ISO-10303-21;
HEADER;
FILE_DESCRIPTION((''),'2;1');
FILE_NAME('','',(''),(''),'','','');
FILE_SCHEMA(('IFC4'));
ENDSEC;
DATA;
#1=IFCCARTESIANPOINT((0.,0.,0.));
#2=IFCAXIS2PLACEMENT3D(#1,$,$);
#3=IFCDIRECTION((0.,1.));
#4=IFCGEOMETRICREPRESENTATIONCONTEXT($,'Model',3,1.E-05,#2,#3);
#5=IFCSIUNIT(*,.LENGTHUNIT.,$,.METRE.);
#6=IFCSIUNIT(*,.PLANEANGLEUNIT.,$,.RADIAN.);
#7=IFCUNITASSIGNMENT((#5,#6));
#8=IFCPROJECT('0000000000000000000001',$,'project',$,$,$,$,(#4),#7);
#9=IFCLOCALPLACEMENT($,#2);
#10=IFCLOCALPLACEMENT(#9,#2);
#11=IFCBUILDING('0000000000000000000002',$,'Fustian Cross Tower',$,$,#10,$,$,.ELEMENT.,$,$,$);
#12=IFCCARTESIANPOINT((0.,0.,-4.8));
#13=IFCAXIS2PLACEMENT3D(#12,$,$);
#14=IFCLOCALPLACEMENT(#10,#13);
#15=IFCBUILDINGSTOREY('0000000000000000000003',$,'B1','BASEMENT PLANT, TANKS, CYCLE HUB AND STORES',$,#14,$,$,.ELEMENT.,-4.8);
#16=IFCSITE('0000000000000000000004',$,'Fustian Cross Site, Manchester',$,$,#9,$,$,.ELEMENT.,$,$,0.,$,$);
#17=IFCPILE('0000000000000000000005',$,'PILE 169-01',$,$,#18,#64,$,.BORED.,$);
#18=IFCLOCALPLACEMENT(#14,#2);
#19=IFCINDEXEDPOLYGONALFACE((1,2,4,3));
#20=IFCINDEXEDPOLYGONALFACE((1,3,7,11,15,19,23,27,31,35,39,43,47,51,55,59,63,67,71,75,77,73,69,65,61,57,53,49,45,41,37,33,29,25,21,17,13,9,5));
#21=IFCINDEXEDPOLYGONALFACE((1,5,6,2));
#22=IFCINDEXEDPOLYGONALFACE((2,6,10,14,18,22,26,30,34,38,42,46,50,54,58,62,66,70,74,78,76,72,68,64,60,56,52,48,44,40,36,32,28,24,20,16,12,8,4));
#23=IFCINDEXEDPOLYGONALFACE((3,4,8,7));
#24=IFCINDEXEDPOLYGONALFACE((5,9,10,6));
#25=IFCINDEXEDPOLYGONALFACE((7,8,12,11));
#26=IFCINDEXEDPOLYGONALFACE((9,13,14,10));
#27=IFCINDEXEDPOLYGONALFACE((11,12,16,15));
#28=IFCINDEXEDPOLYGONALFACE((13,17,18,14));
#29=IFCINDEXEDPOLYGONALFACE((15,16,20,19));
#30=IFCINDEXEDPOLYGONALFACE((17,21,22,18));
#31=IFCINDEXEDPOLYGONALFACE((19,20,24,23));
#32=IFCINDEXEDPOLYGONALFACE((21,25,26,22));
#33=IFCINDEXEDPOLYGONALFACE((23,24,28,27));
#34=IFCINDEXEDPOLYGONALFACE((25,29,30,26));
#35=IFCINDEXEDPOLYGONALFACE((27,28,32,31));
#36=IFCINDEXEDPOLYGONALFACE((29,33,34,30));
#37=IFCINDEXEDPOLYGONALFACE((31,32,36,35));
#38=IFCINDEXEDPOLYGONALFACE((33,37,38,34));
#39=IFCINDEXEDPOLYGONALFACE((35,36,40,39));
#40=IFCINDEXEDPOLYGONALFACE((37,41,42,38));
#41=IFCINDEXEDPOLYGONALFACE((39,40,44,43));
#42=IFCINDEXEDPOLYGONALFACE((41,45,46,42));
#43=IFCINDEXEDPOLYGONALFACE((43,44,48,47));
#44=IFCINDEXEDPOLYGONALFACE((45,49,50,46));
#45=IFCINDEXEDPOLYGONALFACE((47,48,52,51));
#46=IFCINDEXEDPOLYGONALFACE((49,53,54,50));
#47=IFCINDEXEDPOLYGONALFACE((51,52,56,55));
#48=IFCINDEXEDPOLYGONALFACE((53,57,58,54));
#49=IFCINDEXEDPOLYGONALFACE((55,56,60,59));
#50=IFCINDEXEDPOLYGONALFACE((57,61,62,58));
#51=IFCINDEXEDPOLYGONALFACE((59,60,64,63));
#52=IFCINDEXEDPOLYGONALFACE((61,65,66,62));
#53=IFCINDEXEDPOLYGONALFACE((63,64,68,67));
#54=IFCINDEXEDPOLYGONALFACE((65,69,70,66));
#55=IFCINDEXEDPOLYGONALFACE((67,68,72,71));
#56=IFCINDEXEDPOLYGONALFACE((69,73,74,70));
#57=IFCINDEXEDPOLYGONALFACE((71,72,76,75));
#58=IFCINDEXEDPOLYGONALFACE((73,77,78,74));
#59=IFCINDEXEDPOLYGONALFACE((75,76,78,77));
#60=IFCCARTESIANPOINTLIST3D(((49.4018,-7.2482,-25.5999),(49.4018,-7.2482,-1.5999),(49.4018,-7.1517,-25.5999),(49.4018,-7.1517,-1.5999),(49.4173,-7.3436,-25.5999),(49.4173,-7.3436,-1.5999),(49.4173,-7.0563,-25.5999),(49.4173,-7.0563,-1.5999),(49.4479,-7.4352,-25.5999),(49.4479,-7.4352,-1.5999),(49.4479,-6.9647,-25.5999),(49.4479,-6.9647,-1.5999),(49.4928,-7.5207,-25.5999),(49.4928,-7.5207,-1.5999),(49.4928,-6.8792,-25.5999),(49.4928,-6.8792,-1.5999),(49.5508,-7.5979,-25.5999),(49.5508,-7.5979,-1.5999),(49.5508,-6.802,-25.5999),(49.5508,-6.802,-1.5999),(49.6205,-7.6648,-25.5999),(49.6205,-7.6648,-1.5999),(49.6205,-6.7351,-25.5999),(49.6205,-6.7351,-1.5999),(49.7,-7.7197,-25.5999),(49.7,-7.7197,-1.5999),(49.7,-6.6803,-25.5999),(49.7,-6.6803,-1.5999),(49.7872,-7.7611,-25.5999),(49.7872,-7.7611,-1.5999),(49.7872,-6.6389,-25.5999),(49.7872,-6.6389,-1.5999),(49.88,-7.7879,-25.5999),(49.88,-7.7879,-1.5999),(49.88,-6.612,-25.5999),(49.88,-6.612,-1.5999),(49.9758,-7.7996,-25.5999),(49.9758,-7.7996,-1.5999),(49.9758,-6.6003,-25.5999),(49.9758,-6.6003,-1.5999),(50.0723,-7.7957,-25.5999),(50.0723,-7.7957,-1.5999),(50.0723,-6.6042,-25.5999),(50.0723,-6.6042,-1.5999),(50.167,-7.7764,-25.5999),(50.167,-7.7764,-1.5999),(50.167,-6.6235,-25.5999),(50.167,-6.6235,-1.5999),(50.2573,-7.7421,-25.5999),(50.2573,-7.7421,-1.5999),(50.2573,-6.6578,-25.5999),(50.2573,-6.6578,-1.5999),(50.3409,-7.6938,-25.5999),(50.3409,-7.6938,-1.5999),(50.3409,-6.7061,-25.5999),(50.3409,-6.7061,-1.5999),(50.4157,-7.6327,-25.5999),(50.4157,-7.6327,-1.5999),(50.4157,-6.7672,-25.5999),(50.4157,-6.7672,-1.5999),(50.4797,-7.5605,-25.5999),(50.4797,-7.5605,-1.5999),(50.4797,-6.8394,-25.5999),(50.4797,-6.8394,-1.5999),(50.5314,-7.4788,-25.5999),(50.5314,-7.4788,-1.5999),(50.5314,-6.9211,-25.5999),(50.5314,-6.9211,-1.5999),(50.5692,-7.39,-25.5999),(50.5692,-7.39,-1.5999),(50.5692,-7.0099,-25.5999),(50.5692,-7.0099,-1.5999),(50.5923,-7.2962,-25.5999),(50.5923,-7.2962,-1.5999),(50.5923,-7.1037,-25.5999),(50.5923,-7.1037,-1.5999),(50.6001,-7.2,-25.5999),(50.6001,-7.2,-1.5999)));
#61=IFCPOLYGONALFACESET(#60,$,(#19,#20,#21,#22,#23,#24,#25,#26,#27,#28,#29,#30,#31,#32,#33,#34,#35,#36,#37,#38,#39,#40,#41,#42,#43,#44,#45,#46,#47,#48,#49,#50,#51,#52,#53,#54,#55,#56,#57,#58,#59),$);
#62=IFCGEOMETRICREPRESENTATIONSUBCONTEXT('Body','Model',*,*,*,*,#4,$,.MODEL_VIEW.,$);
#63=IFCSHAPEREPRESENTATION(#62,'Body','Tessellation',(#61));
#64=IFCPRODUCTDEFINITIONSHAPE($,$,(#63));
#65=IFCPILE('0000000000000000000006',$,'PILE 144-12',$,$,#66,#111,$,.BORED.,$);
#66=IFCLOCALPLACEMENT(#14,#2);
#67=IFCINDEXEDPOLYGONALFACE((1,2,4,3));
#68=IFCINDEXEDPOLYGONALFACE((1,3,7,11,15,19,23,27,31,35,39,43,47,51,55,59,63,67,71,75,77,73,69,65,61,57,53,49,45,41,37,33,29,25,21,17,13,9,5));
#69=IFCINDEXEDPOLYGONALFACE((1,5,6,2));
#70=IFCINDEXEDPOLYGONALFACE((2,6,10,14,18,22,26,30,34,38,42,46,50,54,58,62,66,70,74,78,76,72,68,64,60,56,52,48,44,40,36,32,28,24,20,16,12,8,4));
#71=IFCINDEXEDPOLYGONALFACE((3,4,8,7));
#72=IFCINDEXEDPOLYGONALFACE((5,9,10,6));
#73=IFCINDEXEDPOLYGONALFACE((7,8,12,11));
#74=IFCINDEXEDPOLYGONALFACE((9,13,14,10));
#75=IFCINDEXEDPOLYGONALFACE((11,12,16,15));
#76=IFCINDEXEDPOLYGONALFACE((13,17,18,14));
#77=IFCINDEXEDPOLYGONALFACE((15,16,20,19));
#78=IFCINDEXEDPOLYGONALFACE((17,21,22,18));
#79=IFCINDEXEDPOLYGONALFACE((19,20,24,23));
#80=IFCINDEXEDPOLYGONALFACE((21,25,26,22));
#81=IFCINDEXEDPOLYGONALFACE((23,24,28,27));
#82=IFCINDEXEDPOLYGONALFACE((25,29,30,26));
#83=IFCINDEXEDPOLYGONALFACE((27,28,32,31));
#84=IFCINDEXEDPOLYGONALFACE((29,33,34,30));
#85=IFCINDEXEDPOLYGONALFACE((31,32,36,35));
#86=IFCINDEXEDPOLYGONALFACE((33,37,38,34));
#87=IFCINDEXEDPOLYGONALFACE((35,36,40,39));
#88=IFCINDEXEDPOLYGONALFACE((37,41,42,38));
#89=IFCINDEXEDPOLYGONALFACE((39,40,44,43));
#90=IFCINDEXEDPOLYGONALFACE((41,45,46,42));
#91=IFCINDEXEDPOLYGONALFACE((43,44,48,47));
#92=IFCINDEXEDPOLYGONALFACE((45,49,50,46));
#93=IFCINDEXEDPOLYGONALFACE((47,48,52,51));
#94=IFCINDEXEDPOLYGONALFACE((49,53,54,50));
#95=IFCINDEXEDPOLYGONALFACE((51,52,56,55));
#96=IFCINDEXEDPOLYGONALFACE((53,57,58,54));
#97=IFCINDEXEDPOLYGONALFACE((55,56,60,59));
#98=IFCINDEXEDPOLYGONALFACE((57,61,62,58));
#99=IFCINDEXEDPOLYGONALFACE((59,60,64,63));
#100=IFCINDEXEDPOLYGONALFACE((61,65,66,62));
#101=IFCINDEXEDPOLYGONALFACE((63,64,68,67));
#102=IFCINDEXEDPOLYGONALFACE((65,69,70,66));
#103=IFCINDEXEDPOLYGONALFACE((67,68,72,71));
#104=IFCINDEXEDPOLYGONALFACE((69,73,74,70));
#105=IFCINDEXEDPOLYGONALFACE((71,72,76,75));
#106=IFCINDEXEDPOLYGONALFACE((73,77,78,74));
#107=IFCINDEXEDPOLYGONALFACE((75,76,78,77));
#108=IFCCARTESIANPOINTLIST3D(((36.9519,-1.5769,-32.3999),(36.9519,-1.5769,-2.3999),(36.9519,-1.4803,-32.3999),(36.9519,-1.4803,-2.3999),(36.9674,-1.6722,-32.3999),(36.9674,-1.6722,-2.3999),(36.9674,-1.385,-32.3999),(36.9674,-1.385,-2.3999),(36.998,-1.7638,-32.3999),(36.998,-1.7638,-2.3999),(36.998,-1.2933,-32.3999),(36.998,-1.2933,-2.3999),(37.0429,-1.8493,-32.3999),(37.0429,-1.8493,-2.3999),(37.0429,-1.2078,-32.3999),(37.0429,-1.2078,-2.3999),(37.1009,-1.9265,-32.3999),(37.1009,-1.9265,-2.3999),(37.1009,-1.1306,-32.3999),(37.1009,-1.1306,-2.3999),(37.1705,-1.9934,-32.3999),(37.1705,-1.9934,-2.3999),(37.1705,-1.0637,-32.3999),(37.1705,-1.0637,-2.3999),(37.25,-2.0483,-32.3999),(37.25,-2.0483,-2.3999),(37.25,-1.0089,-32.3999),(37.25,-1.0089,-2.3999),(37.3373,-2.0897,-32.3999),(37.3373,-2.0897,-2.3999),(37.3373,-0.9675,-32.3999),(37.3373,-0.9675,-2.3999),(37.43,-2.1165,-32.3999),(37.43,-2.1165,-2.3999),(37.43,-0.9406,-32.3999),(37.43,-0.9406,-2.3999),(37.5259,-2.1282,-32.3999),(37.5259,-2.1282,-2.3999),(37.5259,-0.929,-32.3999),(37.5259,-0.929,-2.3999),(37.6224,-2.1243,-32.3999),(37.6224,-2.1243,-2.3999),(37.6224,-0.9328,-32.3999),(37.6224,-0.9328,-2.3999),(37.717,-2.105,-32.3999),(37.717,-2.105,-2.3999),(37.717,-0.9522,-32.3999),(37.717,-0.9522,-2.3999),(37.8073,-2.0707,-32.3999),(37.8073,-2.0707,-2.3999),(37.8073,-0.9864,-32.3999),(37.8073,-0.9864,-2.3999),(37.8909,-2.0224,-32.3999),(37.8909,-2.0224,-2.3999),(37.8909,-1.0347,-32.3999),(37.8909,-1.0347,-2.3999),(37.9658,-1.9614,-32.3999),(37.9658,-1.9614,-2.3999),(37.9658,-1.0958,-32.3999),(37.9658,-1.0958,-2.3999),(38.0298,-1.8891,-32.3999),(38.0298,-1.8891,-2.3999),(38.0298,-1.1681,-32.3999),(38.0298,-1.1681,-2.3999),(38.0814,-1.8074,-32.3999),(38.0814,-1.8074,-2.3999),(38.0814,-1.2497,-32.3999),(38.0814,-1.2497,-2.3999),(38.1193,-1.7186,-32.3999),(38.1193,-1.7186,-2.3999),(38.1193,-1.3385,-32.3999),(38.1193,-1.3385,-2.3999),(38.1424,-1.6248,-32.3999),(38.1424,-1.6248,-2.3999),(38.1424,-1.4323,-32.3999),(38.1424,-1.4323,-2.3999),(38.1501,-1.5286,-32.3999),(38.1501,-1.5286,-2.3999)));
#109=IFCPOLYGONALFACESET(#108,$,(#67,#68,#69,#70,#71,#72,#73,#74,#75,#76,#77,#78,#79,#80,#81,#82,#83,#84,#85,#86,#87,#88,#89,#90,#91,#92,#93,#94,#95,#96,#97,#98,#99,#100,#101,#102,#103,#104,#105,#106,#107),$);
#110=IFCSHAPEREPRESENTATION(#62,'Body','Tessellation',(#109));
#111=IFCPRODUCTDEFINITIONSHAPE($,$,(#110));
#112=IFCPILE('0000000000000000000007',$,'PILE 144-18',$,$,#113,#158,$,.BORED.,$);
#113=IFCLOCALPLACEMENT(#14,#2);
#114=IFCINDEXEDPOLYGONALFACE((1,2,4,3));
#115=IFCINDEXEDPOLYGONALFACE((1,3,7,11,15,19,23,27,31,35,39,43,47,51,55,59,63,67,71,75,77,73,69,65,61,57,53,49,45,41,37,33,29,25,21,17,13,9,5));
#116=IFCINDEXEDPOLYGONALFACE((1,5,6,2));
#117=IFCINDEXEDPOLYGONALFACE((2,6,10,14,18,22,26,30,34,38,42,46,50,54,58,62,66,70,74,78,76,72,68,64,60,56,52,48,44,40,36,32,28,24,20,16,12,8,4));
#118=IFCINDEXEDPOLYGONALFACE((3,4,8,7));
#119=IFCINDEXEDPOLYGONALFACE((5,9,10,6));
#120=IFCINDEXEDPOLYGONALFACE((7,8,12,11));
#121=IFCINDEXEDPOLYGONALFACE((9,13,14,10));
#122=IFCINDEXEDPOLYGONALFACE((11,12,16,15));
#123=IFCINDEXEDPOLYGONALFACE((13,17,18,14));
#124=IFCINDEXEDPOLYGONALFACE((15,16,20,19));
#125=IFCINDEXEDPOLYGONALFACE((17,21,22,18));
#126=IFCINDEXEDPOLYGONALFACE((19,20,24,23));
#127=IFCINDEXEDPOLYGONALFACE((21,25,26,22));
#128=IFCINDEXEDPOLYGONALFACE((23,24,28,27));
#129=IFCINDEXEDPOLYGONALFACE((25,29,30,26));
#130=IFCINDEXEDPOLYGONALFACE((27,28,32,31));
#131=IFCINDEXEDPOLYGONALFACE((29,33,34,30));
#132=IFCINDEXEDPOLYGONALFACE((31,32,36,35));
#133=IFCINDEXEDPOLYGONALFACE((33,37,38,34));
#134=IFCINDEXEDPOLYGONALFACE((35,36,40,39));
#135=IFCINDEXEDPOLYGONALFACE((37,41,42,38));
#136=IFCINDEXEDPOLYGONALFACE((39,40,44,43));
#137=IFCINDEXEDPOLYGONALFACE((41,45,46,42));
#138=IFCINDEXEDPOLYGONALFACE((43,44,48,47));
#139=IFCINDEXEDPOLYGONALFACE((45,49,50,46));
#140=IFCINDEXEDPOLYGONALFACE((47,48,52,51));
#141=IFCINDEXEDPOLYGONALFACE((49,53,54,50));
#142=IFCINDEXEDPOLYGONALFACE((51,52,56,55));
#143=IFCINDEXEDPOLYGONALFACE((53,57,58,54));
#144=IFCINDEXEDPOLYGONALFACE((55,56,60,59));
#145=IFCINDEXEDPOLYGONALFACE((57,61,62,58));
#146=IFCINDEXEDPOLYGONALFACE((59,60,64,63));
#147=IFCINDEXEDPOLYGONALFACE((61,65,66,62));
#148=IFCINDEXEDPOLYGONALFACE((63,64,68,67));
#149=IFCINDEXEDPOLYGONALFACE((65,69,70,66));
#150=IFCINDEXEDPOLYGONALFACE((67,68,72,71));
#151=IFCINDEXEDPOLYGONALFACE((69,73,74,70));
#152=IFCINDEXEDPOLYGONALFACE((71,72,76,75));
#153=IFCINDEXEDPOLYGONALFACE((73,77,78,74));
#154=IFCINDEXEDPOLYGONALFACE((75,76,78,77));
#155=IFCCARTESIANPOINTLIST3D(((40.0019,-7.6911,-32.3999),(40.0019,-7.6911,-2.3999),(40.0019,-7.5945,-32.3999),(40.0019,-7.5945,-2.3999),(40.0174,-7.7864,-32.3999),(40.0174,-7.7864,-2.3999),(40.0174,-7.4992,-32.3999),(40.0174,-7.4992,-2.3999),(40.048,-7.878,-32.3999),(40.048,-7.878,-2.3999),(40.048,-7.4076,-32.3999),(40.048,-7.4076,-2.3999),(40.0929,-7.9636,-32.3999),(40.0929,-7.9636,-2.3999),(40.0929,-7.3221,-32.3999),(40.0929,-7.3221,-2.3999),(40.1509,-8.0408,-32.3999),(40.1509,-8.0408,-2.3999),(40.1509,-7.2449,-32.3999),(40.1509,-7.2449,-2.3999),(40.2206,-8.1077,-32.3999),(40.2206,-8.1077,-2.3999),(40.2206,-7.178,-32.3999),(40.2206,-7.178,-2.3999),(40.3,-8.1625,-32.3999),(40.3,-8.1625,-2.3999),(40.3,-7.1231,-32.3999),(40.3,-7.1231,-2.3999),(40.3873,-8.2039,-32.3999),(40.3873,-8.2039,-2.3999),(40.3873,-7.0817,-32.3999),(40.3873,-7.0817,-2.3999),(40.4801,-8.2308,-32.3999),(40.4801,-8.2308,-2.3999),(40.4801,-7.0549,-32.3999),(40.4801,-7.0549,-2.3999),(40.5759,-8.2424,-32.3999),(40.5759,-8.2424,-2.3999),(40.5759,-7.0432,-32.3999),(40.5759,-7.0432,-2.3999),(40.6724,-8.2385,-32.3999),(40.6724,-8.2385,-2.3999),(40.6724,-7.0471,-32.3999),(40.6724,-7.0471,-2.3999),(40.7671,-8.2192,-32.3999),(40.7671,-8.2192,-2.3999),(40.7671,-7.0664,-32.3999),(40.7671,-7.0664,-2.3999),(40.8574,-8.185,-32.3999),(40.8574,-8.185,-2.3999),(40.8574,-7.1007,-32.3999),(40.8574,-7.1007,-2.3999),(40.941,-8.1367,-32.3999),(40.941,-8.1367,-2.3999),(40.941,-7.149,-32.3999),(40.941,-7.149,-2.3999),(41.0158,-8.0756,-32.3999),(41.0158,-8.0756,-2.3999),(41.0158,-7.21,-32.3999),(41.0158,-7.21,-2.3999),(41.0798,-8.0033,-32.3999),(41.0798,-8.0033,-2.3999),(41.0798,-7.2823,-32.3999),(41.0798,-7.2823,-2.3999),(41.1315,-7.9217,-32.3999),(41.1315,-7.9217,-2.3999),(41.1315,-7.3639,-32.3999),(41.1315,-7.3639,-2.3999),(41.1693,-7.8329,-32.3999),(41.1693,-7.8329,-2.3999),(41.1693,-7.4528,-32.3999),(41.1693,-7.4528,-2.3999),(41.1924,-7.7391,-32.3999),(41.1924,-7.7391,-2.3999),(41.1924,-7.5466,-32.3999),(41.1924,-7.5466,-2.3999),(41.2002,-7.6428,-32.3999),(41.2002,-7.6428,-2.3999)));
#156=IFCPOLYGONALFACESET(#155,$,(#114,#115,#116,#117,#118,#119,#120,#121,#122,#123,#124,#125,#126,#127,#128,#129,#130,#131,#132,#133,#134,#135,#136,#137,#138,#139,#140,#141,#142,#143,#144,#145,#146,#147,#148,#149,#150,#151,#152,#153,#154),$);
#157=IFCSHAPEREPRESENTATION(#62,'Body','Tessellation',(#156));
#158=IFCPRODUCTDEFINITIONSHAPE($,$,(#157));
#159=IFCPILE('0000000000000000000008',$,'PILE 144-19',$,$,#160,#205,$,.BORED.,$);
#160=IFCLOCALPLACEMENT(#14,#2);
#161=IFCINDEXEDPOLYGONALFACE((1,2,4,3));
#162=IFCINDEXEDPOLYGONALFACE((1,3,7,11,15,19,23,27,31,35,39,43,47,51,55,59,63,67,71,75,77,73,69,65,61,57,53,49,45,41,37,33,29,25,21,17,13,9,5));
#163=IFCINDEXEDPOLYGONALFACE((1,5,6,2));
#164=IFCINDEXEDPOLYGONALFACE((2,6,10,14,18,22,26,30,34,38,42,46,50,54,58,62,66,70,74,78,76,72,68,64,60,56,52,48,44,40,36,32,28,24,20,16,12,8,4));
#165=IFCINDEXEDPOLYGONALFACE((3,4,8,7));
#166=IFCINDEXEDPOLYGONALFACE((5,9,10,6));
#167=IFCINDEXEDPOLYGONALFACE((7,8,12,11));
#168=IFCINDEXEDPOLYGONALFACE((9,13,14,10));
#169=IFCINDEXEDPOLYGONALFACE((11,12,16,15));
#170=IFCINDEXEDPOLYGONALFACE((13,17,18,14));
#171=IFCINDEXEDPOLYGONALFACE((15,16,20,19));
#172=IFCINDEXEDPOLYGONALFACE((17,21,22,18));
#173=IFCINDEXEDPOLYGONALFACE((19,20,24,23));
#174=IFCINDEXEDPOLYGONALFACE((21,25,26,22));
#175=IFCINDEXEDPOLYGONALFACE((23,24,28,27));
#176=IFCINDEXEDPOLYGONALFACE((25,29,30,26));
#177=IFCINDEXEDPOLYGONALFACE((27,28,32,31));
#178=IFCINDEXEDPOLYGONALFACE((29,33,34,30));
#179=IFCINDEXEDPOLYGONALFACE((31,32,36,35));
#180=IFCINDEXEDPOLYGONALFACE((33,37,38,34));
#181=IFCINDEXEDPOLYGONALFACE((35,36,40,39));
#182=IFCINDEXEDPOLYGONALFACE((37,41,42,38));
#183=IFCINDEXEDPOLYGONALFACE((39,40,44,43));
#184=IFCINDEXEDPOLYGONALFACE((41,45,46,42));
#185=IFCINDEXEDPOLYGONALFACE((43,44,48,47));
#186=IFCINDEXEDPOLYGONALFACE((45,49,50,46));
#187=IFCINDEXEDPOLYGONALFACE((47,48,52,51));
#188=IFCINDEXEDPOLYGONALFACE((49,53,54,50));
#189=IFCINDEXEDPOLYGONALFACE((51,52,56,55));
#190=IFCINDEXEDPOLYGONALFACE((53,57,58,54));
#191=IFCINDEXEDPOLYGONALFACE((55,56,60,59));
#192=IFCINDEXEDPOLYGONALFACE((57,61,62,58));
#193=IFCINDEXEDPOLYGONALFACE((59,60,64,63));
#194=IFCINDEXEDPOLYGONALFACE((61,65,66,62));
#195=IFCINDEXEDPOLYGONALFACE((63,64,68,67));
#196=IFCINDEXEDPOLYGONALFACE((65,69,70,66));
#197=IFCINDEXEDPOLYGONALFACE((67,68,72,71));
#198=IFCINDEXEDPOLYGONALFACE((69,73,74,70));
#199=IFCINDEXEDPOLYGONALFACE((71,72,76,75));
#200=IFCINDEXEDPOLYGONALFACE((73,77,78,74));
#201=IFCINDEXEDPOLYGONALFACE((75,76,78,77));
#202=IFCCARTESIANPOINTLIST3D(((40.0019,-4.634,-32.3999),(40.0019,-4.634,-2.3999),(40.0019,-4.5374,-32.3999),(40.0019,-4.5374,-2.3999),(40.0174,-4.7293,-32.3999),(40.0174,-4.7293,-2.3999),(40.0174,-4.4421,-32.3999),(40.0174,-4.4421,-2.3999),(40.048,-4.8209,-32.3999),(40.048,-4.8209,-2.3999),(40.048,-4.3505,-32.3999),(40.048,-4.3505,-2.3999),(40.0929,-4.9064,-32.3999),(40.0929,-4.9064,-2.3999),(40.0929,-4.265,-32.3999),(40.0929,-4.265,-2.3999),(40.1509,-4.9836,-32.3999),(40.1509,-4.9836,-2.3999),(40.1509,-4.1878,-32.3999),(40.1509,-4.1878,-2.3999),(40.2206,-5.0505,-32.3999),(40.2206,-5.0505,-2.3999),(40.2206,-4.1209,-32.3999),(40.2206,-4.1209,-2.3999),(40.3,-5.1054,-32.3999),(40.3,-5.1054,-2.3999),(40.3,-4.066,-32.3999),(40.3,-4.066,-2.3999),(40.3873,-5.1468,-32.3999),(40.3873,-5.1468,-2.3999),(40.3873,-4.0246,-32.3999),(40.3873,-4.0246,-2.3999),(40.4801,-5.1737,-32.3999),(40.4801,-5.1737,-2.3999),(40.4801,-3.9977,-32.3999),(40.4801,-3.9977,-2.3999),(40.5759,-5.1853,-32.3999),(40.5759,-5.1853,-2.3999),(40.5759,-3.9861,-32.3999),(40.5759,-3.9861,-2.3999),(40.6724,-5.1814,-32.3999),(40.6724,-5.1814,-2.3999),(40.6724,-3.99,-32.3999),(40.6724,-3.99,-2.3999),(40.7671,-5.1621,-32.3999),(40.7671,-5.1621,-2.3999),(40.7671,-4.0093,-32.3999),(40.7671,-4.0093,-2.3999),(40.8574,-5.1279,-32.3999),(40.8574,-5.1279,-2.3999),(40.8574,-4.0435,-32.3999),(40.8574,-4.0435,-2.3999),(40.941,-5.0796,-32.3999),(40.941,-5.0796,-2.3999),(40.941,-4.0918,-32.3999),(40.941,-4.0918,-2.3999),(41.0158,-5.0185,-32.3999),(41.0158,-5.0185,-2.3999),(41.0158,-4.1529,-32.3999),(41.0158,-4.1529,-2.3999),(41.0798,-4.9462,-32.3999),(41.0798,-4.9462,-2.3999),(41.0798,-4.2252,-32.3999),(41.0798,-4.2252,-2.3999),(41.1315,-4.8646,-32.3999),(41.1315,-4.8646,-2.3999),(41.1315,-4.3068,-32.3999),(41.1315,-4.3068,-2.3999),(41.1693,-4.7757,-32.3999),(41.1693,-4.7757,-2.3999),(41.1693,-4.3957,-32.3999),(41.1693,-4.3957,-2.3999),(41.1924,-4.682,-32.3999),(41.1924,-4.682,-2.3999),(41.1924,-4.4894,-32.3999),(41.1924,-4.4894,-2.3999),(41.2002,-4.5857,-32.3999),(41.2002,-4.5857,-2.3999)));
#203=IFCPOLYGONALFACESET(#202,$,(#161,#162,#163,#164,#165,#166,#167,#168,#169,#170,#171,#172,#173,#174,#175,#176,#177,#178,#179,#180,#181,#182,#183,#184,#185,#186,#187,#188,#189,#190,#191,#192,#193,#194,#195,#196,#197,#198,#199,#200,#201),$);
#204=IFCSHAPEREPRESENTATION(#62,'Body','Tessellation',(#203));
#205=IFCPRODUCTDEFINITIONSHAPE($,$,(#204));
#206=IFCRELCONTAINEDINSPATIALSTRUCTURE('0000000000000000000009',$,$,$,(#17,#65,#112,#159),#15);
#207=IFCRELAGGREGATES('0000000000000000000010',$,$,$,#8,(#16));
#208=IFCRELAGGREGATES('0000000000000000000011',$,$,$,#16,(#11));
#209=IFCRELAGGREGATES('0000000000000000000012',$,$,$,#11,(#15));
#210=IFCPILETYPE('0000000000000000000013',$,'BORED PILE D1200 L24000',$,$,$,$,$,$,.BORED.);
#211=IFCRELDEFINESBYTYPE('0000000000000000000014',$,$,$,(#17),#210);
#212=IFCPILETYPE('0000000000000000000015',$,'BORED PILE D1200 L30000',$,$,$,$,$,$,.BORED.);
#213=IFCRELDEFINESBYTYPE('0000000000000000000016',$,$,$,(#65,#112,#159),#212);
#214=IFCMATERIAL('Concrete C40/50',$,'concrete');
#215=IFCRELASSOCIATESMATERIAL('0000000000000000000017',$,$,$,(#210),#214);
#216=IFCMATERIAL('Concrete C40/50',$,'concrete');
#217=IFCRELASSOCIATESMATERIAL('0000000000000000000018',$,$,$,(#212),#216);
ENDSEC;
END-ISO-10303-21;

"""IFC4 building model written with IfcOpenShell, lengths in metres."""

from ifc_helpers import new_model, si_unit, direction, frame, origin, origin_2d, place, context, subcontext, project, spatial, circle, extrude, material, material_profile, profile_set, type_object, element, save


model = new_model("IFC4")

# Units and contexts
model_context = context("Model", 3, precision=1e-05, world=origin(), true_north=direction((0.0, 1.0)))
body_context = subcontext(model_context, "Body", "Model", "MODEL_VIEW")
ifc_project = project(units=[si_unit("LENGTHUNIT", "METRE"), si_unit("PLANEANGLEUNIT", "RADIAN")], contexts=[model_context])

# Site, building, storey
site_placement = place(None, origin())
site = spatial("IfcSite", under=ifc_project, at=site_placement, Name="Fustian Cross Site, Manchester", CompositionType="ELEMENT", RefElevation=0.0)
building_placement = place(site_placement, origin())
building = spatial("IfcBuilding", under=site, at=building_placement, Name="Fustian Cross Tower", CompositionType="ELEMENT")
storey_placement = place(building_placement, frame((0.0, 0.0, -4.8)))
storey = spatial("IfcBuildingStorey", under=building, at=storey_placement, Name="B1", Description="BASEMENT PLANT, TANKS, CYCLE HUB AND STORES", CompositionType="ELEMENT", Elevation=-4.8)

# Piles
ifc_material_1 = material(Name="Concrete C40/50", Category="concrete")
ifc_material_profile_1 = material_profile(ifc_material_1, circle(Radius=0.6001, at=origin_2d()), Name="BORED PILE D1200 L24000")
ifc_profile_set_1 = profile_set([ifc_material_profile_1], Name="Concrete C40/50")
pile_type_1 = type_object("IfcPileType", Name="BORED PILE D1200 L24000", PredefinedType="BORED", material=ifc_profile_set_1)
pile_placement = place(storey_placement, frame((50.0, -7.2, -1.5999), z_axis=(0.0, 0.0, -1.0), x_axis=(1.0, 0.0, 0.0)))
element("IfcPile", 1, at=pile_placement, inside=storey, type_object=pile_type_1, Name="PILE 169-01", PredefinedType="BORED", context=body_context, shape_type="SweptSolid", body=[
    extrude(circle(Radius=0.6001, at=origin_2d()), origin(), (0.0, 0.0, 1.0), 24.0),
])
ifc_material_2 = material(Name="Concrete C40/50", Category="concrete")
ifc_material_profile_2 = material_profile(ifc_material_2, circle(Radius=0.6001, at=origin_2d()), Name="BORED PILE D1200 L30000")
ifc_profile_set_2 = profile_set([ifc_material_profile_2], Name="Concrete C40/50")
pile_type_2 = type_object("IfcPileType", Name="BORED PILE D1200 L30000", PredefinedType="BORED", material=ifc_profile_set_2)
for number, where, z_axis, x_axis, name in (
    (2, (37.55, -1.5286, -2.3999), (0.0, 0.0, -1.0), (1.0, 0.0, 0.0), "PILE 144-12"),
    (3, (40.6001, -7.6428, -2.3999), (0.0, 0.0, -1.0), (1.0, 0.0, 0.0), "PILE 144-18"),
    (4, (40.6001, -4.5857, -2.3999), (0.0, 0.0, -1.0), (1.0, 0.0, 0.0), "PILE 144-19"),
):
    element("IfcPile", number, at=place(storey_placement, frame(where, z_axis=z_axis, x_axis=x_axis)), inside=storey, type_object=pile_type_2, Name=name, PredefinedType="BORED", context=body_context, shape_type="SweptSolid", body=[
        extrude(circle(Radius=0.6001, at=origin_2d()), origin(), (0.0, 0.0, 1.0), 30.0),
    ])

save(model, "model.ifc")
